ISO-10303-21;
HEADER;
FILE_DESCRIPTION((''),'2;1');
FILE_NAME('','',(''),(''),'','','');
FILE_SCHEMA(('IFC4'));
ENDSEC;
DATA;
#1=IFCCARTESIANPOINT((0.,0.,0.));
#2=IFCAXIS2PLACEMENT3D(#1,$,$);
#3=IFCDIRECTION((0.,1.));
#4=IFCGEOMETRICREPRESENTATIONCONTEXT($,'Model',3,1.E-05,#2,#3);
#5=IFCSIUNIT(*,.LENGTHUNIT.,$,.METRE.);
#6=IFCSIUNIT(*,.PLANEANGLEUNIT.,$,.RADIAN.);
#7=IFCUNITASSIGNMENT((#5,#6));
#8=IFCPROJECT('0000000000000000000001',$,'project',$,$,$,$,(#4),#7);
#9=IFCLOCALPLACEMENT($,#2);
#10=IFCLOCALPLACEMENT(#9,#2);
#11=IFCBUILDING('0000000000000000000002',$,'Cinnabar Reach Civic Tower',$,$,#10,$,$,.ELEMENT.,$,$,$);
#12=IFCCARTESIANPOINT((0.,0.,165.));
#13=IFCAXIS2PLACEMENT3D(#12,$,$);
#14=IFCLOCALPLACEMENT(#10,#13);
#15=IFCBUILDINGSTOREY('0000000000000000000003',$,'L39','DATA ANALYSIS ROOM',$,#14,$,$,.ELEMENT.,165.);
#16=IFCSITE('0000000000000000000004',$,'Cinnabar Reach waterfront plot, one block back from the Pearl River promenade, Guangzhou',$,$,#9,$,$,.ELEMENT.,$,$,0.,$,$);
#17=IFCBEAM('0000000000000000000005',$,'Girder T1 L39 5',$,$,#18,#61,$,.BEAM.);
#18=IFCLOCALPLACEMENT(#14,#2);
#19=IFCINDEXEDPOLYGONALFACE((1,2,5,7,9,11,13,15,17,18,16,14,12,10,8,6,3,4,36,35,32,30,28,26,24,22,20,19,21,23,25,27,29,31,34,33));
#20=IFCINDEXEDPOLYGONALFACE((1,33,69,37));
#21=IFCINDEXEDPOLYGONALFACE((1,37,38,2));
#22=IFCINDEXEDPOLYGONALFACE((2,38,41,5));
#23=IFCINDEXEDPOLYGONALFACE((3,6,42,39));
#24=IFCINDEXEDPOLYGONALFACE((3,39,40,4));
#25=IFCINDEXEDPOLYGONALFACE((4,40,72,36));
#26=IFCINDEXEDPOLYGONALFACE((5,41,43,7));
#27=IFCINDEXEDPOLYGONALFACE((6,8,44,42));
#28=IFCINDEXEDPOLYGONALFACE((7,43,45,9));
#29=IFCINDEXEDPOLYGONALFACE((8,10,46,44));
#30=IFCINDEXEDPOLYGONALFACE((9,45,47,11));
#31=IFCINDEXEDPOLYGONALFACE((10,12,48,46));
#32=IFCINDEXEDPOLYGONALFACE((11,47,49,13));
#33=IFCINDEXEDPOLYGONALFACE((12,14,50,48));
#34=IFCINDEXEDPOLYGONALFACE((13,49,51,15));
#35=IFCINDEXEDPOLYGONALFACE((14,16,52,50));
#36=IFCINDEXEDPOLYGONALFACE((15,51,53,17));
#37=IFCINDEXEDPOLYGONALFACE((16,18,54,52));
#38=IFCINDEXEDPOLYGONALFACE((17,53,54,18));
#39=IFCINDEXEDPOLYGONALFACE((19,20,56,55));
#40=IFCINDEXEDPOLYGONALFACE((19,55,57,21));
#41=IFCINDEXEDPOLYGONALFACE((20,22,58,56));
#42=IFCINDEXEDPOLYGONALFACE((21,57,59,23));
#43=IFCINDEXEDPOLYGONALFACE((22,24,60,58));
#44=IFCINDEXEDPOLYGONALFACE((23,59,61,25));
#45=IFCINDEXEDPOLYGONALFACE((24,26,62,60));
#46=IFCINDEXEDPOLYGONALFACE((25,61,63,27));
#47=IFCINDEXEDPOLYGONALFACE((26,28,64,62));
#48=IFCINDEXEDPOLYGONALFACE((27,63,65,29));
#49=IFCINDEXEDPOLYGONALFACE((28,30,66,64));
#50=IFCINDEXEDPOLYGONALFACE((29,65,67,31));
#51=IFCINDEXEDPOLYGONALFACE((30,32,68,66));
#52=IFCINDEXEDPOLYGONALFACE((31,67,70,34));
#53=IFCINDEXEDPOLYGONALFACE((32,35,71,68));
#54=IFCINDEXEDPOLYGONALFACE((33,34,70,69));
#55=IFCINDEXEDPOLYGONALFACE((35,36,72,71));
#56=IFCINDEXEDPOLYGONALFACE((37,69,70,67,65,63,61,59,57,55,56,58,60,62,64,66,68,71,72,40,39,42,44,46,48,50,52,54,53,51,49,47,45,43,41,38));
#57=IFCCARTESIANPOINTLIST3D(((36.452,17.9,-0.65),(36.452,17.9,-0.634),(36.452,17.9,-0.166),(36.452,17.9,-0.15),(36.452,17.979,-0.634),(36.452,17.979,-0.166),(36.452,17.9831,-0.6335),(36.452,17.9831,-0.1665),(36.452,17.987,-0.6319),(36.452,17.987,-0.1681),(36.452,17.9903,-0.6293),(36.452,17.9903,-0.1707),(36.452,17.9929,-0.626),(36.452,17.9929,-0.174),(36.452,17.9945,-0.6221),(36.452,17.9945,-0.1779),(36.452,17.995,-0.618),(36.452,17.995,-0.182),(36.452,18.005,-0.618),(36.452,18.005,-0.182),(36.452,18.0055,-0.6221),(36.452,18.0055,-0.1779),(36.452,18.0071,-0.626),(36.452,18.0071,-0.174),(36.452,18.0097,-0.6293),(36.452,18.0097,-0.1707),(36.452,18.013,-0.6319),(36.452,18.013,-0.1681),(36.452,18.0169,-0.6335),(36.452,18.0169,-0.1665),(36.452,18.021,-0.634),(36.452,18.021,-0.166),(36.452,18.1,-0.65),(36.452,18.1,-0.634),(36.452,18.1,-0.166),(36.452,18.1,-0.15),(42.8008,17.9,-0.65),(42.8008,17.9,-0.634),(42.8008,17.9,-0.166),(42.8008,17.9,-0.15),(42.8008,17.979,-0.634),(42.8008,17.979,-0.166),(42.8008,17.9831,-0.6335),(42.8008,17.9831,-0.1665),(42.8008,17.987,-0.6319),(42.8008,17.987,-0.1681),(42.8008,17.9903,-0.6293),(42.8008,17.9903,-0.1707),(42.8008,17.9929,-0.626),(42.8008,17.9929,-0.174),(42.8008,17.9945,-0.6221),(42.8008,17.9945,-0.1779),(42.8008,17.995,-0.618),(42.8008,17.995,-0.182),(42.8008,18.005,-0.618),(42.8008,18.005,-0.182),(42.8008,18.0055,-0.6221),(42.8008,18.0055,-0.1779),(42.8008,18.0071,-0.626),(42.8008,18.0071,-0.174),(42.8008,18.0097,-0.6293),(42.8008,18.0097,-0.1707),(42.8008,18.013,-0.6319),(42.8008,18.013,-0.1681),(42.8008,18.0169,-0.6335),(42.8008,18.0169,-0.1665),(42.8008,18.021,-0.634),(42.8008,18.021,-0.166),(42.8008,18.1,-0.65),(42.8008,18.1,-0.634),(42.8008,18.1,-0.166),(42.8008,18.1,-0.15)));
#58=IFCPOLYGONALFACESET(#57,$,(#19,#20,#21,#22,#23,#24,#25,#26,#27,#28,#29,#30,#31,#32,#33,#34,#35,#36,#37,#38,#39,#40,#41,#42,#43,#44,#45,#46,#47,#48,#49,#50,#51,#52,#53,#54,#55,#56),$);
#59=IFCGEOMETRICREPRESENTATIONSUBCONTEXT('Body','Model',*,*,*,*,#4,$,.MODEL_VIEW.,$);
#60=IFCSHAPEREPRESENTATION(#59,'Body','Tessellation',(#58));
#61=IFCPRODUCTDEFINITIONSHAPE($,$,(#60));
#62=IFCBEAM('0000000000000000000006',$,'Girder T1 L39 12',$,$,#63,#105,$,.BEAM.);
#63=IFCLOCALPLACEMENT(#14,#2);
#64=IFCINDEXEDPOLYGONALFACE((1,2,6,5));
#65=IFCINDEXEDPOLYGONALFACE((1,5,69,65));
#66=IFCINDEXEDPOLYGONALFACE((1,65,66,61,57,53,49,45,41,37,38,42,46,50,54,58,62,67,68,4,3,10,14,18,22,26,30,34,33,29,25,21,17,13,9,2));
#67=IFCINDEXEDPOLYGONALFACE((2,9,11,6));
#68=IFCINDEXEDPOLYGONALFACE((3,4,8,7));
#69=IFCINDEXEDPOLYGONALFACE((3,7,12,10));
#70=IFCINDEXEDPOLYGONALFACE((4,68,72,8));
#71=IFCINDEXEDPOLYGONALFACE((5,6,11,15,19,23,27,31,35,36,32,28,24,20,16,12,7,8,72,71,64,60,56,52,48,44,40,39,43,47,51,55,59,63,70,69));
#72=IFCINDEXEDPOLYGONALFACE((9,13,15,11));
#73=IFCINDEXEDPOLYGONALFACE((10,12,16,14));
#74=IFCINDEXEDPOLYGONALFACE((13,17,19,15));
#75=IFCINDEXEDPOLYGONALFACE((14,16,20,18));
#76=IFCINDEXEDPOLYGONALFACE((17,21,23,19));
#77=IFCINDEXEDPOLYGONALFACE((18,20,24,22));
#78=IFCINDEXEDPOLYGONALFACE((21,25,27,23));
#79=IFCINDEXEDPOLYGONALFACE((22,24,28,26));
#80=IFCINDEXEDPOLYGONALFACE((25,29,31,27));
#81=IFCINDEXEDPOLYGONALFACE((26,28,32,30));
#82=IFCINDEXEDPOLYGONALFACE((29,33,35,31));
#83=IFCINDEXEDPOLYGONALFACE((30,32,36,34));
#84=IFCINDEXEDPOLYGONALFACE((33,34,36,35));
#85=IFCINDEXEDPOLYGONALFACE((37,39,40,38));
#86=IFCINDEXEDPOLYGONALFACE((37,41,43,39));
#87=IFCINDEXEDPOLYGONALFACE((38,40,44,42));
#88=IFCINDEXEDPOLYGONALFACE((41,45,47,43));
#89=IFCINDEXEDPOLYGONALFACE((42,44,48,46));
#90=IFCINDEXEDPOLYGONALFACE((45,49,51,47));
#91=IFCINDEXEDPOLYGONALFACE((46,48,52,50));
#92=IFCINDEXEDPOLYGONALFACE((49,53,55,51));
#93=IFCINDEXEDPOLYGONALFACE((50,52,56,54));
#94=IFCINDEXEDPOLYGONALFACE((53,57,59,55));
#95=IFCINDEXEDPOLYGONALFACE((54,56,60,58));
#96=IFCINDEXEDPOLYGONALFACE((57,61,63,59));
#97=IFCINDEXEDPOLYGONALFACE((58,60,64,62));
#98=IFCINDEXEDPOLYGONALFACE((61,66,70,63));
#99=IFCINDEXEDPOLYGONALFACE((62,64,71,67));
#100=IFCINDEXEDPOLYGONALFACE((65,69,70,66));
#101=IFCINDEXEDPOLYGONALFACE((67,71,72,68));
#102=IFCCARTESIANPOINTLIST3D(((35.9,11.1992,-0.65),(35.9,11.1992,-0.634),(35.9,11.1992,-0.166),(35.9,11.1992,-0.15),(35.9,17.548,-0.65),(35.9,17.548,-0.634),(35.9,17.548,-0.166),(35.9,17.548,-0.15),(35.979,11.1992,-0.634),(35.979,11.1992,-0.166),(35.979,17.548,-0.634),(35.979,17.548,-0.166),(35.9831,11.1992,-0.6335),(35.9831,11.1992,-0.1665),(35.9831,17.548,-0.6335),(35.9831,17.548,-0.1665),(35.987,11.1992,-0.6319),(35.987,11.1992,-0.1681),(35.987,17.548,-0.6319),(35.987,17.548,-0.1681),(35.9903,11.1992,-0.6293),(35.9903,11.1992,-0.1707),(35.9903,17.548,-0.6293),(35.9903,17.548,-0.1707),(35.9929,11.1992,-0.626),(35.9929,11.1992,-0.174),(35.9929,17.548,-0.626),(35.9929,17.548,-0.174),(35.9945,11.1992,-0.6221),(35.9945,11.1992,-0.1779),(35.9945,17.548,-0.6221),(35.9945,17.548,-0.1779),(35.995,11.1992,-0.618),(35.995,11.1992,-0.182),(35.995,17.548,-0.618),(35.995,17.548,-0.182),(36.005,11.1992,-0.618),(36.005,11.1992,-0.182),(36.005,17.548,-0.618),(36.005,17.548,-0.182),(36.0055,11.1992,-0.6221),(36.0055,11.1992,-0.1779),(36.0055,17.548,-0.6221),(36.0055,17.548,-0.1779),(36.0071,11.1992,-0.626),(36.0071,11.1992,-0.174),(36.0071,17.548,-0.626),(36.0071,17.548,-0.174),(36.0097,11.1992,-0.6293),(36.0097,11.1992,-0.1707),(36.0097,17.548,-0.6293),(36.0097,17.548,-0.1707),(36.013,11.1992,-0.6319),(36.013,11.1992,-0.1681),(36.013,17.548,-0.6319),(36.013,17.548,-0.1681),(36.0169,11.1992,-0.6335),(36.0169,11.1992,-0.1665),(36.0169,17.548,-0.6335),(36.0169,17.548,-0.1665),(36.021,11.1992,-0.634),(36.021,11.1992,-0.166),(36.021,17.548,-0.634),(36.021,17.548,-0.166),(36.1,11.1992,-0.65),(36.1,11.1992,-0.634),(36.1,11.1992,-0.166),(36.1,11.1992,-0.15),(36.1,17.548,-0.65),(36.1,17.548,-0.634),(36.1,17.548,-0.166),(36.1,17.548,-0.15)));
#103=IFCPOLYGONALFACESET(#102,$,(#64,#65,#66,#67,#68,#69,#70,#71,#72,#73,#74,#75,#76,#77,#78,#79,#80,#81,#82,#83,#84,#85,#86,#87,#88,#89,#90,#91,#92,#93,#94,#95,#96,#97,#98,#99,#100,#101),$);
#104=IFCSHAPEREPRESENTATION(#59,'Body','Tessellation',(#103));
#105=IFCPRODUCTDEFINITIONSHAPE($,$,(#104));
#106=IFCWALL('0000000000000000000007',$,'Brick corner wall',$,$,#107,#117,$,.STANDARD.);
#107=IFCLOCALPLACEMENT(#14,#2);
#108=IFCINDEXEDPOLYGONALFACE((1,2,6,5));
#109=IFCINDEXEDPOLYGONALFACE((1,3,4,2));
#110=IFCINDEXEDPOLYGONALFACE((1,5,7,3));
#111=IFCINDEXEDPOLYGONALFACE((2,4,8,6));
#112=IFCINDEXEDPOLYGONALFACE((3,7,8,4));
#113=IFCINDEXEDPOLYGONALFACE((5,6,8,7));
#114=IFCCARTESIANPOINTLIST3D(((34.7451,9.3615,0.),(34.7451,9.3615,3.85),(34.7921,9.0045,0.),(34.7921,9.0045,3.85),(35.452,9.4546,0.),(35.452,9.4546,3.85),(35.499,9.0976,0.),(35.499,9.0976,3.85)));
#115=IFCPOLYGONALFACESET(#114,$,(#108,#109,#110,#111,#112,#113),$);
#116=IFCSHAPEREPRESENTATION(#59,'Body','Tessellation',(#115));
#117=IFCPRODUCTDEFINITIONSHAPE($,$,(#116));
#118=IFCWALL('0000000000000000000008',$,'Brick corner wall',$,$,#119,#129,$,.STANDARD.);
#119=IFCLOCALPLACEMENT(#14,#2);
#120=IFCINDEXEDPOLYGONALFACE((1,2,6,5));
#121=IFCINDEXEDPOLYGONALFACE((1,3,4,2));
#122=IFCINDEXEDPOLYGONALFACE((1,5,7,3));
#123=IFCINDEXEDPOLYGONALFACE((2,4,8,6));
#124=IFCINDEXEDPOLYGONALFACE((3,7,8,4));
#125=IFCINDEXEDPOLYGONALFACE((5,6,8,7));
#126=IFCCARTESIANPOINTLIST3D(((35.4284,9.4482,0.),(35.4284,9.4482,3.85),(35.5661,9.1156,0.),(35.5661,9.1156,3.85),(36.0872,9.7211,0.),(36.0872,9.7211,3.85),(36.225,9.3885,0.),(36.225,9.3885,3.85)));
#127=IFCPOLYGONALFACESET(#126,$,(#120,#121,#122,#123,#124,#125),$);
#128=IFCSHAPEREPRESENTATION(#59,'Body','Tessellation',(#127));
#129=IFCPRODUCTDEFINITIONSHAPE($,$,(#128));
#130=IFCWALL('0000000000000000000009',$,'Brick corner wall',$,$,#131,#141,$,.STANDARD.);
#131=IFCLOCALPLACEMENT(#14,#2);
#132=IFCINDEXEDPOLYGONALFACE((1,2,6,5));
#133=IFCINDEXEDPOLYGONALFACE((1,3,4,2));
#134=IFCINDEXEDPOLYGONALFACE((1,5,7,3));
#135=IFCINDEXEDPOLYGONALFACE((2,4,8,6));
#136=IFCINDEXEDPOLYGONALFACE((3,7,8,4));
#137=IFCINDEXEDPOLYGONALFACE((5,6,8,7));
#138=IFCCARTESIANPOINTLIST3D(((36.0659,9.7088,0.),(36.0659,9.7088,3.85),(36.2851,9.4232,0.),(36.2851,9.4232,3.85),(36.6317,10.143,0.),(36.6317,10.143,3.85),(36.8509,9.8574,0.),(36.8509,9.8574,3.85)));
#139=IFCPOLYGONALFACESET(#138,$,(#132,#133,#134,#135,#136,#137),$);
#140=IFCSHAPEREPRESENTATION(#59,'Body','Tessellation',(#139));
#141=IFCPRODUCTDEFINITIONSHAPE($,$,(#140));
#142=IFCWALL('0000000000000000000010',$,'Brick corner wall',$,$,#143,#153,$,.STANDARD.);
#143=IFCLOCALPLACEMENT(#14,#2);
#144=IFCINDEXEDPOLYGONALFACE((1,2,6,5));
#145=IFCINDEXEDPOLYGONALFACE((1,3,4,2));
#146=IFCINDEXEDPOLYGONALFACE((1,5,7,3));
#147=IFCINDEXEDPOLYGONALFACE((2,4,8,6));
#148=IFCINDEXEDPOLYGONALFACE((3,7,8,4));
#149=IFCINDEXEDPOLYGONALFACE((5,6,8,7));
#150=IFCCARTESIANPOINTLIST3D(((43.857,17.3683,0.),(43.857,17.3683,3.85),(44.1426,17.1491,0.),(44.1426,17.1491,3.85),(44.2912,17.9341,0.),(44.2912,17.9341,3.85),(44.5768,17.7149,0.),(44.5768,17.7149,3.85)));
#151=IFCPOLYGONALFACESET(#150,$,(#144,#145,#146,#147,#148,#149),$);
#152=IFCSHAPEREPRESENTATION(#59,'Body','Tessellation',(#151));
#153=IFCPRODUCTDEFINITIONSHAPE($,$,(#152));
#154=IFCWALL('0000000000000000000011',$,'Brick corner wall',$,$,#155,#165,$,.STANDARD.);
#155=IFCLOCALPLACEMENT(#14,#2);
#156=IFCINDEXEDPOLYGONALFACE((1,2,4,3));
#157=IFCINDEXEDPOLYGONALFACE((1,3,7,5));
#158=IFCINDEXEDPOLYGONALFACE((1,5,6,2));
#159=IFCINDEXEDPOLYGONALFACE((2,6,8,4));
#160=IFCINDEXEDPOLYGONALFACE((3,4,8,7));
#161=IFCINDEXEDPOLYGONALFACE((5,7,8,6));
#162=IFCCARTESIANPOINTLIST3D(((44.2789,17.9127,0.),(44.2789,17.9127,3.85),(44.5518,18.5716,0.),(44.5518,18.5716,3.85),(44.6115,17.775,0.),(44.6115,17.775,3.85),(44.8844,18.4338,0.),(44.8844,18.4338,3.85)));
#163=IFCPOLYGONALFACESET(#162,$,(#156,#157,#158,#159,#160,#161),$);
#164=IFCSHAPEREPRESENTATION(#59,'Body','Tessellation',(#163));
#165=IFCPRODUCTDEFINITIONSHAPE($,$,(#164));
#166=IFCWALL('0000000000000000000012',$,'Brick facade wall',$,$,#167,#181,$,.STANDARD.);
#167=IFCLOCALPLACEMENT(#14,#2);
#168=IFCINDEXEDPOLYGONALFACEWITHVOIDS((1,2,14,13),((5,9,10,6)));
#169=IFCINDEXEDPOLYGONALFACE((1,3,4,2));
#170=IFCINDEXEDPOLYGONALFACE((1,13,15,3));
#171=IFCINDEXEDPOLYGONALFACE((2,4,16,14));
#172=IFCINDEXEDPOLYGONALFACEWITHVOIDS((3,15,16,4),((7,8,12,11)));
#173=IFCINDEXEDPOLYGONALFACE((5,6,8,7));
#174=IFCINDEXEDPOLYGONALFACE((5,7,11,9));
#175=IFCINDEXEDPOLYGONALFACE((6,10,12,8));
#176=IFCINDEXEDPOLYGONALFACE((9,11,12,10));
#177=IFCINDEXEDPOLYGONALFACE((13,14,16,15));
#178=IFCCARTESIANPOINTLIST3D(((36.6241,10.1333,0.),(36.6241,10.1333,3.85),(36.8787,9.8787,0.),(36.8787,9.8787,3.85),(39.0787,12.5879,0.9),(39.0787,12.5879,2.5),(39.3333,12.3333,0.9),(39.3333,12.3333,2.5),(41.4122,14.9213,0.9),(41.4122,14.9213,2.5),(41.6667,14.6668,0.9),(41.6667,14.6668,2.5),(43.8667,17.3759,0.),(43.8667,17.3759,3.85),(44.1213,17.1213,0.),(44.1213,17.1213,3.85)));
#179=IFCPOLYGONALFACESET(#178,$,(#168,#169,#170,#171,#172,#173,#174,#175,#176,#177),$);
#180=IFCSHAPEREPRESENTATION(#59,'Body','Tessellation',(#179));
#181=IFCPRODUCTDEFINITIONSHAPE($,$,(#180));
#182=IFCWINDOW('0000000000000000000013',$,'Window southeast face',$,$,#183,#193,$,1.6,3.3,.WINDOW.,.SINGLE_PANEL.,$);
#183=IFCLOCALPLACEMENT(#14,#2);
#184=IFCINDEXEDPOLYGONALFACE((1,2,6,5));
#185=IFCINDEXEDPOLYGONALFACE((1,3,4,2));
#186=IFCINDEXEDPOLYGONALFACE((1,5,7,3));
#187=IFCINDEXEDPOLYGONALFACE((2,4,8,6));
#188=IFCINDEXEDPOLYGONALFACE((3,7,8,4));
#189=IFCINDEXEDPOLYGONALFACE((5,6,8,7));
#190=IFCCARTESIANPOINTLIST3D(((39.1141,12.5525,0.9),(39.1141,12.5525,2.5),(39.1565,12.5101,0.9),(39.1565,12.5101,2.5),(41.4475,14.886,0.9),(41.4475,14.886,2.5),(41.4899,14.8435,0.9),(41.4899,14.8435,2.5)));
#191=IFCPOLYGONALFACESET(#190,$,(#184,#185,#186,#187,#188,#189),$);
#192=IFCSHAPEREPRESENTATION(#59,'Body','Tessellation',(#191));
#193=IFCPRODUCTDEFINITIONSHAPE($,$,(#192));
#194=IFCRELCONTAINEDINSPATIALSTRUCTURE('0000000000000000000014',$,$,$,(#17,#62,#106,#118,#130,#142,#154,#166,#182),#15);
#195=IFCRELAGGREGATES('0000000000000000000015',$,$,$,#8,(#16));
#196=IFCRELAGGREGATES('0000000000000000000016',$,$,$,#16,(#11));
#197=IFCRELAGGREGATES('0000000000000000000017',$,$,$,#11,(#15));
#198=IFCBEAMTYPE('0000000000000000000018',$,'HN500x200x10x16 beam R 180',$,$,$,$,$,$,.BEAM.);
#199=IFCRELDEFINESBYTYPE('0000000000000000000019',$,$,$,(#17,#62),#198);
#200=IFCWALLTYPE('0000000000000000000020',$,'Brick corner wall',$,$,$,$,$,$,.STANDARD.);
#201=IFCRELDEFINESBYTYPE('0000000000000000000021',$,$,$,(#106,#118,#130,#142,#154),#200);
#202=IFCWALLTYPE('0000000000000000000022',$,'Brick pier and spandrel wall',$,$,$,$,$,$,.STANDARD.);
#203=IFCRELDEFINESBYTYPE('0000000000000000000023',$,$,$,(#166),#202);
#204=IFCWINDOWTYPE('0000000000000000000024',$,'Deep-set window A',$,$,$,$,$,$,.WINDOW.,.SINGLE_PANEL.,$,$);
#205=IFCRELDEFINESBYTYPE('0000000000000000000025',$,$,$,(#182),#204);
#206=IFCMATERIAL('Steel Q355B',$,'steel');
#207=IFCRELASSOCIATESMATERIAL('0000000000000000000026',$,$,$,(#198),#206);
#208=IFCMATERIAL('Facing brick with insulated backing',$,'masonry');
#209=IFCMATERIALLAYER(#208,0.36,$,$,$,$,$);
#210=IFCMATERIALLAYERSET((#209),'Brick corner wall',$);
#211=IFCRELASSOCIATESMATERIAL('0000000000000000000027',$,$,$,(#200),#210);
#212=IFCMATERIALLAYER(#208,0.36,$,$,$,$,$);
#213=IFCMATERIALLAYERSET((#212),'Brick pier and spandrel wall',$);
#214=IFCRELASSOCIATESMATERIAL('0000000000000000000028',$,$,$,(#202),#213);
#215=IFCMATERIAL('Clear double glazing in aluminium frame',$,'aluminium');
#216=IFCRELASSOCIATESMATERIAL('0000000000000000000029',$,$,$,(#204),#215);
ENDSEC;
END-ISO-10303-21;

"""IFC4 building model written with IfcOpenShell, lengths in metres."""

from ifc_helpers import new_model, si_unit, direction, frame, frame_2d, origin, origin_2d, place, context, subcontext, project, spatial, rectangle, i_section, extrude, material, layer, layer_set, material_profile, profile_set, type_object, element, fill, save


model = new_model("IFC4")

# Units and contexts
model_context = context("Model", 3, precision=1e-05, world=origin(), true_north=direction((0.0, 1.0)))
body_context = subcontext(model_context, "Body", "Model", "MODEL_VIEW")
ifc_project = project(units=[si_unit("LENGTHUNIT", "METRE"), si_unit("PLANEANGLEUNIT", "RADIAN")], contexts=[model_context])

# Site, building, storey
site_placement = place(None, origin())
site = spatial("IfcSite", under=ifc_project, at=site_placement, Name="Cinnabar Reach waterfront plot, one block back from the Pearl River promenade, Guangzhou", CompositionType="ELEMENT", RefElevation=0.0)
building_placement = place(site_placement, origin())
building = spatial("IfcBuilding", under=site, at=building_placement, Name="Cinnabar Reach Civic Tower", CompositionType="ELEMENT")
storey_placement = place(building_placement, frame((0.0, 0.0, 165.0)))
storey = spatial("IfcBuildingStorey", under=building, at=storey_placement, Name="L39", Description="DATA ANALYSIS ROOM", CompositionType="ELEMENT", Elevation=165.0)

# Beams
ifc_material_1 = material(Name="Steel Q355B", Category="steel")
ifc_material_profile_1 = material_profile(ifc_material_1, i_section(OverallWidth=0.2, OverallDepth=0.5, WebThickness=0.01, FlangeThickness=0.016, FilletRadius=0.016, at=origin_2d()), Name="HN500x200x10x16")
ifc_profile_set_1 = profile_set([ifc_material_profile_1], Name="Steel Q355B")
beam_type_1 = type_object("IfcBeamType", Name="HN500x200x10x16 beam R 180", PredefinedType="BEAM", material=ifc_profile_set_1)
for number, where, z_axis, x_axis, name in (
    (1, (36.452, 18.0, -0.4), (1.0, 0.0, 0.0), (0.0, 1.0, 0.0), "Girder T1 L39 5"),
    (2, (36.0, 11.1992, -0.4), (0.0, 1.0, 0.0), (-1.0, 0.0, 0.0), "Girder T1 L39 12"),
):
    element("IfcBeam", number, at=place(storey_placement, frame(where, z_axis=z_axis, x_axis=x_axis)), inside=storey, type_object=beam_type_1, Name=name, PredefinedType="BEAM", context=body_context, shape_type="SweptSolid", body=[
        extrude(i_section(OverallWidth=0.2, OverallDepth=0.5, WebThickness=0.01, FlangeThickness=0.016, FilletRadius=0.016, at=origin_2d()), origin(), (0.0, 0.0, 1.0), 6.3488),
    ])

# Walls
ifc_material_2 = material(Name="Facing brick with insulated backing", Category="masonry")
ifc_layer_1 = layer(ifc_material_2, 0.36)
ifc_layer_set_1 = layer_set([ifc_layer_1], Name="Brick corner wall")
wall_type_1 = type_object("IfcWallType", Name="Brick corner wall", PredefinedType="STANDARD", material=ifc_layer_set_1)
for number, where, z_axis, x_axis, name in (
    (3, (34.7686, 9.183, 0.0), (0.0, 0.0, 1.0), (0.991441, 0.130556, 0.0), "Brick corner wall"),
    (4, (35.4973, 9.2819, 0.0), (0.0, 0.0, 1.0), (0.923872, 0.382703, 0.0), "Brick corner wall"),
):
    element("IfcWall", number, at=place(storey_placement, frame(where, z_axis=z_axis, x_axis=x_axis)), inside=storey, type_object=wall_type_1, Name=name, PredefinedType="STANDARD", context=body_context, shape_type="SweptSolid", body=[
        extrude(rectangle(XDim=0.7131, YDim=0.36, at=frame_2d((0.3565, 0.0))), origin(), (0.0, 0.0, 1.0), 3.85),
    ])
for number, where, z_axis, x_axis, name in (
    (5, (36.1755, 9.566, 0.0), (0.0, 0.0, 1.0), (0.793322, 0.608802, 0.0), "Brick corner wall"),
    (6, (43.9998, 17.2587, 0.0), (0.0, 0.0, 1.0), (0.608802, 0.793322, 0.0), "Brick corner wall"),
):
    element("IfcWall", number, at=place(storey_placement, frame(where, z_axis=z_axis, x_axis=x_axis)), inside=storey, type_object=wall_type_1, Name=name, PredefinedType="STANDARD", context=body_context, shape_type="SweptSolid", body=[
        extrude(rectangle(XDim=0.7132, YDim=0.36, at=frame_2d((0.3566, 0.0))), origin(), (0.0, 0.0, 1.0), 3.85),
    ])
wall_1_placement = place(storey_placement, frame((44.4452, 17.8439, 0.0), z_axis=(0.0, 0.0, 1.0), x_axis=(0.382703, 0.923872, 0.0)))
element("IfcWall", 7, at=wall_1_placement, inside=storey, type_object=wall_type_1, Name="Brick corner wall", PredefinedType="STANDARD", context=body_context, shape_type="SweptSolid", body=[
    extrude(rectangle(XDim=0.7131, YDim=0.36, at=frame_2d((0.3565, 0.0))), origin(), (0.0, 0.0, 1.0), 3.85),
])

# Wall, opening, window
ifc_layer_2 = layer(ifc_material_2, 0.36)
ifc_layer_set_2 = layer_set([ifc_layer_2], Name="Brick pier and spandrel wall")
wall_type_2 = type_object("IfcWallType", Name="Brick pier and spandrel wall", PredefinedType="STANDARD", material=ifc_layer_set_2)
wall_2_placement = place(storey_placement, frame((36.7514, 10.006, 0.0), z_axis=(0.0, 0.0, 1.0), x_axis=(0.707107, 0.707107, 0.0)))
wall_2 = element("IfcWall", 8, at=wall_2_placement, inside=storey, type_object=wall_type_2, Name="Brick facade wall", PredefinedType="STANDARD", context=body_context, shape_type="SweptSolid", body=[
    extrude(rectangle(XDim=10.2426, YDim=0.36, at=frame_2d((5.1213, 0.0))), origin(), (0.0, 0.0, 1.0), 3.85),
])
opening_placement = place(wall_2_placement, frame((3.4713, 0.0, 0.9)))
opening = element("IfcOpeningElement", 9, at=opening_placement, cuts=wall_2, PredefinedType="OPENING", context=body_context, shape_type="SweptSolid", body=[
    extrude(rectangle(XDim=3.3, YDim=1.6, at=frame_2d((1.65, 0.8))), frame((0.0, 0.19, 0.0), z_axis=(0.0, -1.0, 0.0), x_axis=(1.0, 0.0, 0.0)), (0.0, 0.0, 1.0), 0.38),
])
ifc_material_3 = material(Name="Clear double glazing in aluminium frame", Category="aluminium")
window_type = type_object("IfcWindowType", Name="Deep-set window A", PartitioningType="SINGLE_PANEL", PredefinedType="WINDOW", material=ifc_material_3)
window_placement = place(opening_placement, origin())
window = element("IfcWindow", 10, at=window_placement, inside=storey, type_object=window_type, Name="Window southeast face", OverallHeight=1.6, OverallWidth=3.3, PartitioningType="SINGLE_PANEL", PredefinedType="WINDOW", context=body_context, shape_type="SweptSolid", body=[
    extrude(rectangle(XDim=3.3, YDim=1.6, at=frame_2d((1.65, 0.8))), frame((0.0, 0.13, 0.0), z_axis=(0.0, -1.0, 0.0), x_axis=(1.0, 0.0, 0.0)), (0.0, 0.0, 1.0), 0.06),
])
fill(opening, window)

save(model, "model.ifc")
